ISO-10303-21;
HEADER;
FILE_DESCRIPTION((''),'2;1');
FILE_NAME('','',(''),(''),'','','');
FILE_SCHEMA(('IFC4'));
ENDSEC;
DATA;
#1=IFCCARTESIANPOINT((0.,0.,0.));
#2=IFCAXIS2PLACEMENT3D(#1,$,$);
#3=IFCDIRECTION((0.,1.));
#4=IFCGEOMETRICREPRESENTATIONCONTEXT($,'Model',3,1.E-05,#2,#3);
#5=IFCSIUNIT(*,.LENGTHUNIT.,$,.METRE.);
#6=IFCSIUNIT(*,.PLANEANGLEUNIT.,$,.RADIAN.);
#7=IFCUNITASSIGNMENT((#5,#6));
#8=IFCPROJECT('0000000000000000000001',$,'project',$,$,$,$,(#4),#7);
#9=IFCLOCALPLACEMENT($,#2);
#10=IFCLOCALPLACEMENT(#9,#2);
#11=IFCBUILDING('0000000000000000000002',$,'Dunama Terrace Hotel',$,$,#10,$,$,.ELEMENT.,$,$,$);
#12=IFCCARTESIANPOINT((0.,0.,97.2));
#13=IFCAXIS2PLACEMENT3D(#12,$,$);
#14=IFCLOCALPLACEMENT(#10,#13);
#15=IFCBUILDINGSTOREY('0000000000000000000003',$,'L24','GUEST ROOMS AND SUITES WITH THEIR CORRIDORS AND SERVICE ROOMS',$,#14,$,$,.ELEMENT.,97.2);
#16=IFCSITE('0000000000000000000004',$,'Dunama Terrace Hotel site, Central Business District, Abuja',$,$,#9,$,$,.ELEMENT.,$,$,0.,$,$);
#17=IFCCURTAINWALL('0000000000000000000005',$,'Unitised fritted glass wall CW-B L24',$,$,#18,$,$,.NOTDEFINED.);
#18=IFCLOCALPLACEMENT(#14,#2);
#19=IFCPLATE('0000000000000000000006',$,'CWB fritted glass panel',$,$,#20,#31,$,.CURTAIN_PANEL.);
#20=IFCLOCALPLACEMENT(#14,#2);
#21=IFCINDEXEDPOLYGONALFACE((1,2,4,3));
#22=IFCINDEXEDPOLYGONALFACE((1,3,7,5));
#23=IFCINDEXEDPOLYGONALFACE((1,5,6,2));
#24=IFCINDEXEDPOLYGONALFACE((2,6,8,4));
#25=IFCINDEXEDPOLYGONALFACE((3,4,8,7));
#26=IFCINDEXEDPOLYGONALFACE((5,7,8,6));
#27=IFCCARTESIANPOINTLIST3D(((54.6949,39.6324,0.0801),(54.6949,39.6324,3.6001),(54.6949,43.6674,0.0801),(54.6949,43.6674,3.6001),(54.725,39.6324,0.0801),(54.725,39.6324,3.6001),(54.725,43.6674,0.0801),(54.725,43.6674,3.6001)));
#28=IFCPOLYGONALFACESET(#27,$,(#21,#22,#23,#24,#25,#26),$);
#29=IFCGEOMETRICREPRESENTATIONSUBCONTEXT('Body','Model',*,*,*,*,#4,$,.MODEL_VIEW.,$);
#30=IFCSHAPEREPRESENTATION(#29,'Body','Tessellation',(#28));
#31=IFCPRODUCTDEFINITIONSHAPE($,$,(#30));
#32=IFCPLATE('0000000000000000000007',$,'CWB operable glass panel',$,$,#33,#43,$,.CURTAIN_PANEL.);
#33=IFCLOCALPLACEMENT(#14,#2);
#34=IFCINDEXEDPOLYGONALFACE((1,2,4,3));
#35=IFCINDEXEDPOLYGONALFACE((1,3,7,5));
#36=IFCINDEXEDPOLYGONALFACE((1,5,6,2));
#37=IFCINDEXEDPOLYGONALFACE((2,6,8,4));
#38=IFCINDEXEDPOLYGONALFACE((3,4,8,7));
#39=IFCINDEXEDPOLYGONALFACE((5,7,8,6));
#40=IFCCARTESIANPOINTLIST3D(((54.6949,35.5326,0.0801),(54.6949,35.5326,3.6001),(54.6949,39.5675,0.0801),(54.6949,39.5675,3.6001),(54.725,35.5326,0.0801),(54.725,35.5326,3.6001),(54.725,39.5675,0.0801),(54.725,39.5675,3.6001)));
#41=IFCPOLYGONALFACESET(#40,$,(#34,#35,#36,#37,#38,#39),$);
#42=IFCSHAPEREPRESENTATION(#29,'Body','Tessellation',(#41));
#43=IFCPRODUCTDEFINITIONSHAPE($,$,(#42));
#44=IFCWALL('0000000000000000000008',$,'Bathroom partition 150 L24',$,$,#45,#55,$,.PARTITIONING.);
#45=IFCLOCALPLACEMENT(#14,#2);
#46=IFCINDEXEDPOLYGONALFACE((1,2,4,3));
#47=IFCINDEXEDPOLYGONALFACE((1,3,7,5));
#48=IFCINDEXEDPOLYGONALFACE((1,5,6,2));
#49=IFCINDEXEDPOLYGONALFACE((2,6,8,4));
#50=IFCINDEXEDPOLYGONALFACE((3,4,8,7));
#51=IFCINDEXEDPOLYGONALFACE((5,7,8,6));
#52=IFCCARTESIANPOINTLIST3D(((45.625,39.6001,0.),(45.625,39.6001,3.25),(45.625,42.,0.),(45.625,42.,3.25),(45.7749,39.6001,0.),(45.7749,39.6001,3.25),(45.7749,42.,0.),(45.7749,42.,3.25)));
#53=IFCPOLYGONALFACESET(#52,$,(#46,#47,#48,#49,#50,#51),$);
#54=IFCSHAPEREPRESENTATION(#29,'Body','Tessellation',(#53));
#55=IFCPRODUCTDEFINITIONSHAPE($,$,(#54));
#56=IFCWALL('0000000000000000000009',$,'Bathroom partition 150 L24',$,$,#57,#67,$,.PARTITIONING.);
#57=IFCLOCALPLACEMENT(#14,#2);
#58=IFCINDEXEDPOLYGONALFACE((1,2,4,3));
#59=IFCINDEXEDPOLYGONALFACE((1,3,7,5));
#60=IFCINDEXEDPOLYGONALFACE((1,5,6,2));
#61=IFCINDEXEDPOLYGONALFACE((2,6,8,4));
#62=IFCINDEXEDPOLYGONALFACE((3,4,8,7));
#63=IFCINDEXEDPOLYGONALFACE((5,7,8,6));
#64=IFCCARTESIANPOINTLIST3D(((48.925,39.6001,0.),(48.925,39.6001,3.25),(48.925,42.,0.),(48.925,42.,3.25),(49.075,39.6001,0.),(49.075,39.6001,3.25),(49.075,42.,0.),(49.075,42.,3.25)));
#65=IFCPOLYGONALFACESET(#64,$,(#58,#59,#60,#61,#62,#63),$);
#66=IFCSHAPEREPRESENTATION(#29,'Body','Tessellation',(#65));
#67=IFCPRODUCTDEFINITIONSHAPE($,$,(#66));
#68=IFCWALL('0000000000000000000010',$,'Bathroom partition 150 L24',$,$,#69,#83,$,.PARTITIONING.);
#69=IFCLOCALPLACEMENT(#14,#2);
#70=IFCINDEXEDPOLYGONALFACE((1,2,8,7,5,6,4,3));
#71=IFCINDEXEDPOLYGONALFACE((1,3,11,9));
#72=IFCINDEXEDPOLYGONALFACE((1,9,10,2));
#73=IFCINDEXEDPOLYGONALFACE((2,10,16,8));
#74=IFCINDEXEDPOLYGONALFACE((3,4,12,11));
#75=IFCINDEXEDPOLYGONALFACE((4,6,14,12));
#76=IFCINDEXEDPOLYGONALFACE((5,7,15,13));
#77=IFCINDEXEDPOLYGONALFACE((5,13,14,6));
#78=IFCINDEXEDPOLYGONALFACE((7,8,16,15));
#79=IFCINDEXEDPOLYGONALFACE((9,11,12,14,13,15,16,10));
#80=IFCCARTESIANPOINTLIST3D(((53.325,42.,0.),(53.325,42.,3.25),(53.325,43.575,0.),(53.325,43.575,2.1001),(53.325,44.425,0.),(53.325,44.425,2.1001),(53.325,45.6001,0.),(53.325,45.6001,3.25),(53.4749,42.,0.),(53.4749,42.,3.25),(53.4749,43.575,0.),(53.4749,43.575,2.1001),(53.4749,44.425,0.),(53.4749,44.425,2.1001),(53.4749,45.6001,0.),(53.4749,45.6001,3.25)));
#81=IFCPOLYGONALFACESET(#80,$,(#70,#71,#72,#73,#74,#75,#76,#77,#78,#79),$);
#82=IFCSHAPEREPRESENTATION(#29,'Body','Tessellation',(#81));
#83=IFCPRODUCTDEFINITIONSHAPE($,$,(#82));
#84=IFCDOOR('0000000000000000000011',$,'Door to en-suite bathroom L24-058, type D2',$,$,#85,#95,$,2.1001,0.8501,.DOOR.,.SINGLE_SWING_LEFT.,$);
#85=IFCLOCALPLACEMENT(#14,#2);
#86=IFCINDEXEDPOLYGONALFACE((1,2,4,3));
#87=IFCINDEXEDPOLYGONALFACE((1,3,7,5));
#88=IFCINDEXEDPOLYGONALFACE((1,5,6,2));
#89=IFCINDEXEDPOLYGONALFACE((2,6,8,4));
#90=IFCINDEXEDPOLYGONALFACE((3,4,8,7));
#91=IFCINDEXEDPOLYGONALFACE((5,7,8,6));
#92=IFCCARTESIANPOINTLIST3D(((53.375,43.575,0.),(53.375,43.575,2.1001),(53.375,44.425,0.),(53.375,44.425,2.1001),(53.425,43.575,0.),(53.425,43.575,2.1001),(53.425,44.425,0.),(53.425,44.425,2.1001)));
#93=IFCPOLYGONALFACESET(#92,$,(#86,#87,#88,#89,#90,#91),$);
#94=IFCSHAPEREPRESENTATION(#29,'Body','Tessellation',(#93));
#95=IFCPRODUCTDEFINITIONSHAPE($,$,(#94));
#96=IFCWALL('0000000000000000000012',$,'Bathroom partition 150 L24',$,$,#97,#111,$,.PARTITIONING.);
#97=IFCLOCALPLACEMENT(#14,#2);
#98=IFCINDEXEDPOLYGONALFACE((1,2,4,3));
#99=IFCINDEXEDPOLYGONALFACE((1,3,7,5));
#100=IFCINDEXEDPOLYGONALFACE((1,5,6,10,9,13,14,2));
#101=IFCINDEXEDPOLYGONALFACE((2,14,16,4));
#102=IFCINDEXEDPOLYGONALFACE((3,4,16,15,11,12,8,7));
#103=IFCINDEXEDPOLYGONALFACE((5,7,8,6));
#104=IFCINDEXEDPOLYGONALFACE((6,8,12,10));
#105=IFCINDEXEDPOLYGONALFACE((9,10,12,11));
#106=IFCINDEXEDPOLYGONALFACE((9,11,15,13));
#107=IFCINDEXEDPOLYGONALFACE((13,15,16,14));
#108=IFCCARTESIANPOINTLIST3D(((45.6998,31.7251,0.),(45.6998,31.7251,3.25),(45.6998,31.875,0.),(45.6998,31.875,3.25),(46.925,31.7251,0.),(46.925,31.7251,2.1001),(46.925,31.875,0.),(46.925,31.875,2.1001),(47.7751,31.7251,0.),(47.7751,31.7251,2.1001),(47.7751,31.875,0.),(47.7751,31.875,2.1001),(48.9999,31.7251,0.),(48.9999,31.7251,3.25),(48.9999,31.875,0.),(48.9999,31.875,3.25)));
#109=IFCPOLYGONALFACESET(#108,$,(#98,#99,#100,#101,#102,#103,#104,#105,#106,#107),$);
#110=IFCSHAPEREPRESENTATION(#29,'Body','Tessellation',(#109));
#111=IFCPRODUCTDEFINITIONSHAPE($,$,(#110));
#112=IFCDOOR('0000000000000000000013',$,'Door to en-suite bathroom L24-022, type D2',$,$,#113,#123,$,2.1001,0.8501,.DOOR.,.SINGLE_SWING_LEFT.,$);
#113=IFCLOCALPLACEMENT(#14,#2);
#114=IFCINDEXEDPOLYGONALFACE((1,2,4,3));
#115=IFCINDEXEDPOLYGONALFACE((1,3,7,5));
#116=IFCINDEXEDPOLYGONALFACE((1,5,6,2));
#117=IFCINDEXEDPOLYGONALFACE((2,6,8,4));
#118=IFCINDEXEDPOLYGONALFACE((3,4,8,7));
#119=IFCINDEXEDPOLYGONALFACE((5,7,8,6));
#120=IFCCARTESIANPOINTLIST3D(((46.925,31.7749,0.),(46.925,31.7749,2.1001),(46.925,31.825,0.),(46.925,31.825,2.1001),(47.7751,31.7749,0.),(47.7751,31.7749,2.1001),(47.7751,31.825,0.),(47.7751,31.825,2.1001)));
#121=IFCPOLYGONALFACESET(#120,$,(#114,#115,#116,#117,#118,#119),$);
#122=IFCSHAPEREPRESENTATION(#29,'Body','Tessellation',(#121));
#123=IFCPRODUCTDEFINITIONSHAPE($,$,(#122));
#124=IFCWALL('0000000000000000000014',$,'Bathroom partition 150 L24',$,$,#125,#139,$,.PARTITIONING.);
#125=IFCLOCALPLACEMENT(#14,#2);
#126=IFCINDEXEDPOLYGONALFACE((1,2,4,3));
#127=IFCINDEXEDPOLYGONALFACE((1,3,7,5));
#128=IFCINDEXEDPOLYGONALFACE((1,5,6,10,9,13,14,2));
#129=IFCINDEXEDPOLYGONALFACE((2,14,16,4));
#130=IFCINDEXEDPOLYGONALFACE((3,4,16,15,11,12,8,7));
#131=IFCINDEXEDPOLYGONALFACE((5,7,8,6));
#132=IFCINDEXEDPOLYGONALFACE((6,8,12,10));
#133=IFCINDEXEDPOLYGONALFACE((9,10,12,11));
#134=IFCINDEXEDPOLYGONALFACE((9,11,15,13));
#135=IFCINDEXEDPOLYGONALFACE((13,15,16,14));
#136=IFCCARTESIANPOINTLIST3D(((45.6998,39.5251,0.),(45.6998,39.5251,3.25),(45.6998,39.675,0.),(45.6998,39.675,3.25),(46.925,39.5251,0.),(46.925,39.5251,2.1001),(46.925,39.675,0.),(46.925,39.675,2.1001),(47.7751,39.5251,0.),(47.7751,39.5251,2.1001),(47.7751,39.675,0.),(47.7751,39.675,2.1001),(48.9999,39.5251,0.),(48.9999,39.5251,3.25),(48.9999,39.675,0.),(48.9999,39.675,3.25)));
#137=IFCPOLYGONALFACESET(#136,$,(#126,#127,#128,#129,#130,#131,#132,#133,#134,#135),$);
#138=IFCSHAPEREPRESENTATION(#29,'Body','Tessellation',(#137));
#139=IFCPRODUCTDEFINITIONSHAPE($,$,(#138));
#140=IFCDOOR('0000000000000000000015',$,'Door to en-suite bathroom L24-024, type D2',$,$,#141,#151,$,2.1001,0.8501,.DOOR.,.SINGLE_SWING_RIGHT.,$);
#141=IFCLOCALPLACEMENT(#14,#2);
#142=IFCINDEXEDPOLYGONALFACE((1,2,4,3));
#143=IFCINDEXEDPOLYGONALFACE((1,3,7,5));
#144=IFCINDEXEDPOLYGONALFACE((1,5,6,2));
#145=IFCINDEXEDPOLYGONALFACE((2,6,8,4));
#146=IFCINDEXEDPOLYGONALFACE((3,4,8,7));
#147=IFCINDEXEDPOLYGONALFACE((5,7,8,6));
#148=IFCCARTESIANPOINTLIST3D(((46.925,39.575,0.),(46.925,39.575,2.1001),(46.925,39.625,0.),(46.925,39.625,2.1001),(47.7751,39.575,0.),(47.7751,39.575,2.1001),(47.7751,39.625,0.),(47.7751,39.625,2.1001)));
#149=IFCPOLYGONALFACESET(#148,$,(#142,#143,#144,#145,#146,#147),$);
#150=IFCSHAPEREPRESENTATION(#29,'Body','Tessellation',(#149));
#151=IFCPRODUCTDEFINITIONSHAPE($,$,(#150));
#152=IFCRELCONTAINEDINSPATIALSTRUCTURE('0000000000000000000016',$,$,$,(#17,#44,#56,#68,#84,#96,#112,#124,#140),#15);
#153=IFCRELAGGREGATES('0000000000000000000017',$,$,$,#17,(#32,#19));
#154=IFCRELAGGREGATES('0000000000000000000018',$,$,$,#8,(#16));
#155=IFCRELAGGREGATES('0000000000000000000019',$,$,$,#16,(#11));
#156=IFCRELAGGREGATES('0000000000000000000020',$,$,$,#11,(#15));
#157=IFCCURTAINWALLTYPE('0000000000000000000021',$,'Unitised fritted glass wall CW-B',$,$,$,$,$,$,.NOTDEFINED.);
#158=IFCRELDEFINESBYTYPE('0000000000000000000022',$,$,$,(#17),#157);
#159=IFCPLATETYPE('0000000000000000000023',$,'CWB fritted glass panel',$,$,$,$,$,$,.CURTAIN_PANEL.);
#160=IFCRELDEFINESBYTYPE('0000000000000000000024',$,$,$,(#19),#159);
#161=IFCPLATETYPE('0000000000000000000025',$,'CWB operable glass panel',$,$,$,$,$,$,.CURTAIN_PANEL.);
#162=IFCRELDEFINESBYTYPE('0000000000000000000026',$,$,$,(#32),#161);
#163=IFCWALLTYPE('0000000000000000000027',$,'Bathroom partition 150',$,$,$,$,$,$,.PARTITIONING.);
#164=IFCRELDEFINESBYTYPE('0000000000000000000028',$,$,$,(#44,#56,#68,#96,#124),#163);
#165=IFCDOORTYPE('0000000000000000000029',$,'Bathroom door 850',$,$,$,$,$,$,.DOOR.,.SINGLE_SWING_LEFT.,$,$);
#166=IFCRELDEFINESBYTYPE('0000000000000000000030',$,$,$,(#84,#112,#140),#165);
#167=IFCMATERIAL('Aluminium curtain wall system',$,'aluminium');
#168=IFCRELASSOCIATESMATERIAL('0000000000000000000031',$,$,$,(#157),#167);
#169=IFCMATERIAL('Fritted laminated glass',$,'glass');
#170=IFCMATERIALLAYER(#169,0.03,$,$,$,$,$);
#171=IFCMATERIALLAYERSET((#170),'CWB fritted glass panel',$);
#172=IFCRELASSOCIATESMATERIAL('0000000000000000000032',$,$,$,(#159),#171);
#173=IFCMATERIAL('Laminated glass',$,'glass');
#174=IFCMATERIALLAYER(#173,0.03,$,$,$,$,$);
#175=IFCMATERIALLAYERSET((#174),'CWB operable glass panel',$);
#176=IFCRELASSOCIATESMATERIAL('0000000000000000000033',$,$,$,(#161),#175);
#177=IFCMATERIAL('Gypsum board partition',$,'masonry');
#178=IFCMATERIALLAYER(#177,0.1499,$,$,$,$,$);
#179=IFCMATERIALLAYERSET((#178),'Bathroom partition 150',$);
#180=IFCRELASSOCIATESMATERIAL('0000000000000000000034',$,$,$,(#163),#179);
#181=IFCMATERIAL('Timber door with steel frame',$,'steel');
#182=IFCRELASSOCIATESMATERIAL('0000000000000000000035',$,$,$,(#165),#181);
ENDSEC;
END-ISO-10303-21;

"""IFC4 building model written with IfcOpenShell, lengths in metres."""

from ifc_helpers import new_model, si_unit, direction, frame, frame_2d, origin, origin_2d, place, context, subcontext, project, spatial, rectangle, extrude, material, layer, layer_set, type_object, element, fill, aggregate, save


model = new_model("IFC4")

# Units and contexts
model_context = context("Model", 3, precision=1e-05, world=origin(), true_north=direction((0.0, 1.0)))
body_context = subcontext(model_context, "Body", "Model", "MODEL_VIEW")
ifc_project = project(units=[si_unit("LENGTHUNIT", "METRE"), si_unit("PLANEANGLEUNIT", "RADIAN")], contexts=[model_context])

# Site, building, storey
site_placement = place(None, origin())
site = spatial("IfcSite", under=ifc_project, at=site_placement, Name="Dunama Terrace Hotel site, Central Business District, Abuja", CompositionType="ELEMENT", RefElevation=0.0)
building_placement = place(site_placement, origin())
building = spatial("IfcBuilding", under=site, at=building_placement, Name="Dunama Terrace Hotel", CompositionType="ELEMENT")
storey_placement = place(building_placement, frame((0.0, 0.0, 97.2)))
storey = spatial("IfcBuildingStorey", under=building, at=storey_placement, Name="L24", Description="GUEST ROOMS AND SUITES WITH THEIR CORRIDORS AND SERVICE ROOMS", CompositionType="ELEMENT", Elevation=97.2)

# Curtain wall
ifc_material_1 = material(Name="Aluminium curtain wall system", Category="aluminium")
curtain_wall_type = type_object("IfcCurtainWallType", Name="Unitised fritted glass wall CW-B", PredefinedType="NOTDEFINED", material=ifc_material_1)
curtain_wall_placement = place(storey_placement, origin())
curtain_wall = element("IfcCurtainWall", 1, at=curtain_wall_placement, inside=storey, type_object=curtain_wall_type, Name="Unitised fritted glass wall CW-B L24", PredefinedType="NOTDEFINED")

# Plates
ifc_material_2 = material(Name="Fritted laminated glass", Category="glass")
ifc_layer_1 = layer(ifc_material_2, 0.03)
ifc_layer_set_1 = layer_set([ifc_layer_1], Name="CWB fritted glass panel")
plate_type_1 = type_object("IfcPlateType", Name="CWB fritted glass panel", PredefinedType="CURTAIN_PANEL", material=ifc_layer_set_1)
plate_1_placement = place(storey_placement, frame((54.71, 41.6499, 0.0801), z_axis=(0.0, 0.0, 1.0), x_axis=(0.0, 1.0, 0.0)))
plate_1 = element("IfcPlate", 2, at=plate_1_placement, type_object=plate_type_1, Name="CWB fritted glass panel", PredefinedType="CURTAIN_PANEL", context=body_context, shape_type="SweptSolid", body=[
    extrude(rectangle(XDim=4.0349, YDim=0.03, at=origin_2d()), origin(), (0.0, 0.0, 1.0), 3.52),
])
ifc_material_3 = material(Name="Laminated glass", Category="glass")
ifc_layer_2 = layer(ifc_material_3, 0.03)
ifc_layer_set_2 = layer_set([ifc_layer_2], Name="CWB operable glass panel")
plate_type_2 = type_object("IfcPlateType", Name="CWB operable glass panel", PredefinedType="CURTAIN_PANEL", material=ifc_layer_set_2)
plate_2_placement = place(storey_placement, frame((54.71, 37.55, 0.0801), z_axis=(0.0, 0.0, 1.0), x_axis=(0.0, 1.0, 0.0)))
plate_2 = element("IfcPlate", 3, at=plate_2_placement, type_object=plate_type_2, Name="CWB operable glass panel", PredefinedType="CURTAIN_PANEL", context=body_context, shape_type="SweptSolid", body=[
    extrude(rectangle(XDim=4.0349, YDim=0.03, at=origin_2d()), origin(), (0.0, 0.0, 1.0), 3.52),
])
aggregate(curtain_wall, [plate_2, plate_1])

# Walls
ifc_material_4 = material(Name="Gypsum board partition", Category="masonry")
ifc_layer_3 = layer(ifc_material_4, 0.1499)
ifc_layer_set_3 = layer_set([ifc_layer_3], Name="Bathroom partition 150")
wall_type_1 = type_object("IfcWallType", Name="Bathroom partition 150", PredefinedType="PARTITIONING", material=ifc_layer_set_3)
for number, where, z_axis, x_axis, name in (
    (4, (45.7, 39.6001, 0.0), (0.0, 0.0, 1.0), (0.0, 1.0, 0.0), "Bathroom partition 150 L24"),
    (5, (49.0, 39.6001, 0.0), (0.0, 0.0, 1.0), (0.0, 1.0, 0.0), "Bathroom partition 150 L24"),
):
    element("IfcWall", number, at=place(storey_placement, frame(where, z_axis=z_axis, x_axis=x_axis)), inside=storey, type_object=wall_type_1, Name=name, PredefinedType="PARTITIONING", context=body_context, shape_type="SweptSolid", body=[
        extrude(rectangle(XDim=2.3999, YDim=0.1499, at=frame_2d((1.2, 0.0))), origin(), (0.0, 0.0, 1.0), 3.25),
    ])

# Walls, openings, doors
wall_1_placement = place(storey_placement, frame((53.3999, 42.0, 0.0), z_axis=(0.0, 0.0, 1.0), x_axis=(0.0, 1.0, 0.0)))
wall_1 = element("IfcWall", 6, at=wall_1_placement, inside=storey, type_object=wall_type_1, Name="Bathroom partition 150 L24", PredefinedType="PARTITIONING", context=body_context, shape_type="SweptSolid", body=[
    extrude(rectangle(XDim=3.6001, YDim=0.1499, at=frame_2d((1.8, 0.0))), origin(), (0.0, 0.0, 1.0), 3.25),
])
opening_1_placement = place(wall_1_placement, frame((1.575, 0.0, 0.0)))
opening_1 = element("IfcOpeningElement", 7, at=opening_1_placement, cuts=wall_1, PredefinedType="OPENING", context=body_context, shape_type="SweptSolid", body=[
    extrude(rectangle(XDim=0.8501, YDim=2.1001, at=frame_2d((0.425, 1.05))), frame((0.0, 0.085, 0.0), z_axis=(0.0, -1.0, 0.0), x_axis=(1.0, 0.0, 0.0)), (0.0, 0.0, 1.0), 0.1699),
])
ifc_material_5 = material(Name="Timber door with steel frame", Category="steel")
door_type_1 = type_object("IfcDoorType", Name="Bathroom door 850", OperationType="SINGLE_SWING_LEFT", PredefinedType="DOOR", material=ifc_material_5)
door_1_placement = place(opening_1_placement, origin())
door_1 = element("IfcDoor", 8, at=door_1_placement, inside=storey, type_object=door_type_1, Name="Door to en-suite bathroom L24-058, type D2", OperationType="SINGLE_SWING_LEFT", OverallHeight=2.1001, OverallWidth=0.8501, PredefinedType="DOOR", context=body_context, shape_type="SweptSolid", body=[
    extrude(rectangle(XDim=0.8501, YDim=2.1001, at=frame_2d((0.425, 1.05))), frame((0.0, 0.0249, 0.0), z_axis=(0.0, -1.0, 0.0), x_axis=(1.0, 0.0, 0.0)), (0.0, 0.0, 1.0), 0.05),
])
fill(opening_1, door_1)
wall_2_placement = place(storey_placement, frame((45.7, 31.8, 0.0), z_axis=(0.0, 0.0, 1.0), x_axis=(1.0, 0.0, 0.0)))
wall_2 = element("IfcWall", 9, at=wall_2_placement, inside=storey, type_object=wall_type_1, Name="Bathroom partition 150 L24", PredefinedType="PARTITIONING", context=body_context, shape_type="SweptSolid", body=[
    extrude(rectangle(XDim=3.3, YDim=0.1499, at=frame_2d((1.6499, 0.0))), origin(), (0.0, 0.0, 1.0), 3.25),
])
opening_2_placement = place(wall_2_placement, frame((1.2251, 0.0, 0.0)))
opening_2 = element("IfcOpeningElement", 10, at=opening_2_placement, cuts=wall_2, PredefinedType="OPENING", context=body_context, shape_type="SweptSolid", body=[
    extrude(rectangle(XDim=0.8501, YDim=2.1001, at=frame_2d((0.425, 1.05))), frame((0.0, 0.085, 0.0), z_axis=(0.0, -1.0, 0.0), x_axis=(1.0, 0.0, 0.0)), (0.0, 0.0, 1.0), 0.1699),
])
door_2_placement = place(opening_2_placement, frame((0.8501, 0.0, 0.0), z_axis=(0.0, 0.0, 1.0), x_axis=(-1.0, 0.0, 0.0)))
door_2 = element("IfcDoor", 11, at=door_2_placement, inside=storey, type_object=door_type_1, Name="Door to en-suite bathroom L24-022, type D2", OperationType="SINGLE_SWING_LEFT", OverallHeight=2.1001, OverallWidth=0.8501, PredefinedType="DOOR", context=body_context, shape_type="SweptSolid", body=[
    extrude(rectangle(XDim=0.8501, YDim=2.1001, at=frame_2d((0.425, 1.05))), frame((0.0, 0.0251, 0.0), z_axis=(0.0, -1.0, 0.0), x_axis=(1.0, 0.0, 0.0)), (0.0, 0.0, 1.0), 0.05),
])
fill(opening_2, door_2)
wall_3_placement = place(storey_placement, frame((45.7, 39.6001, 0.0), z_axis=(0.0, 0.0, 1.0), x_axis=(1.0, 0.0, 0.0)))
wall_3 = element("IfcWall", 12, at=wall_3_placement, inside=storey, type_object=wall_type_1, Name="Bathroom partition 150 L24", PredefinedType="PARTITIONING", context=body_context, shape_type="SweptSolid", body=[
    extrude(rectangle(XDim=3.3, YDim=0.1499, at=frame_2d((1.6499, 0.0))), origin(), (0.0, 0.0, 1.0), 3.25),
])
opening_3_placement = place(wall_3_placement, frame((1.2251, 0.0, 0.0)))
opening_3 = element("IfcOpeningElement", 13, at=opening_3_placement, cuts=wall_3, PredefinedType="OPENING", context=body_context, shape_type="SweptSolid", body=[
    extrude(rectangle(XDim=0.8501, YDim=2.1001, at=frame_2d((0.425, 1.05))), frame((0.0, 0.085, 0.0), z_axis=(0.0, -1.0, 0.0), x_axis=(1.0, 0.0, 0.0)), (0.0, 0.0, 1.0), 0.1699),
])
door_3_placement = place(opening_3_placement, origin())
door_3 = element("IfcDoor", 14, at=door_3_placement, inside=storey, type_object=door_type_1, Name="Door to en-suite bathroom L24-024, type D2", OperationType="SINGLE_SWING_RIGHT", OverallHeight=2.1001, OverallWidth=0.8501, PredefinedType="DOOR", context=body_context, shape_type="SweptSolid", body=[
    extrude(rectangle(XDim=0.8501, YDim=2.1001, at=frame_2d((0.425, 1.05))), frame((0.0, 0.0249, 0.0), z_axis=(0.0, -1.0, 0.0), x_axis=(1.0, 0.0, 0.0)), (0.0, 0.0, 1.0), 0.05),
])
fill(opening_3, door_3)

save(model, "model.ifc")
